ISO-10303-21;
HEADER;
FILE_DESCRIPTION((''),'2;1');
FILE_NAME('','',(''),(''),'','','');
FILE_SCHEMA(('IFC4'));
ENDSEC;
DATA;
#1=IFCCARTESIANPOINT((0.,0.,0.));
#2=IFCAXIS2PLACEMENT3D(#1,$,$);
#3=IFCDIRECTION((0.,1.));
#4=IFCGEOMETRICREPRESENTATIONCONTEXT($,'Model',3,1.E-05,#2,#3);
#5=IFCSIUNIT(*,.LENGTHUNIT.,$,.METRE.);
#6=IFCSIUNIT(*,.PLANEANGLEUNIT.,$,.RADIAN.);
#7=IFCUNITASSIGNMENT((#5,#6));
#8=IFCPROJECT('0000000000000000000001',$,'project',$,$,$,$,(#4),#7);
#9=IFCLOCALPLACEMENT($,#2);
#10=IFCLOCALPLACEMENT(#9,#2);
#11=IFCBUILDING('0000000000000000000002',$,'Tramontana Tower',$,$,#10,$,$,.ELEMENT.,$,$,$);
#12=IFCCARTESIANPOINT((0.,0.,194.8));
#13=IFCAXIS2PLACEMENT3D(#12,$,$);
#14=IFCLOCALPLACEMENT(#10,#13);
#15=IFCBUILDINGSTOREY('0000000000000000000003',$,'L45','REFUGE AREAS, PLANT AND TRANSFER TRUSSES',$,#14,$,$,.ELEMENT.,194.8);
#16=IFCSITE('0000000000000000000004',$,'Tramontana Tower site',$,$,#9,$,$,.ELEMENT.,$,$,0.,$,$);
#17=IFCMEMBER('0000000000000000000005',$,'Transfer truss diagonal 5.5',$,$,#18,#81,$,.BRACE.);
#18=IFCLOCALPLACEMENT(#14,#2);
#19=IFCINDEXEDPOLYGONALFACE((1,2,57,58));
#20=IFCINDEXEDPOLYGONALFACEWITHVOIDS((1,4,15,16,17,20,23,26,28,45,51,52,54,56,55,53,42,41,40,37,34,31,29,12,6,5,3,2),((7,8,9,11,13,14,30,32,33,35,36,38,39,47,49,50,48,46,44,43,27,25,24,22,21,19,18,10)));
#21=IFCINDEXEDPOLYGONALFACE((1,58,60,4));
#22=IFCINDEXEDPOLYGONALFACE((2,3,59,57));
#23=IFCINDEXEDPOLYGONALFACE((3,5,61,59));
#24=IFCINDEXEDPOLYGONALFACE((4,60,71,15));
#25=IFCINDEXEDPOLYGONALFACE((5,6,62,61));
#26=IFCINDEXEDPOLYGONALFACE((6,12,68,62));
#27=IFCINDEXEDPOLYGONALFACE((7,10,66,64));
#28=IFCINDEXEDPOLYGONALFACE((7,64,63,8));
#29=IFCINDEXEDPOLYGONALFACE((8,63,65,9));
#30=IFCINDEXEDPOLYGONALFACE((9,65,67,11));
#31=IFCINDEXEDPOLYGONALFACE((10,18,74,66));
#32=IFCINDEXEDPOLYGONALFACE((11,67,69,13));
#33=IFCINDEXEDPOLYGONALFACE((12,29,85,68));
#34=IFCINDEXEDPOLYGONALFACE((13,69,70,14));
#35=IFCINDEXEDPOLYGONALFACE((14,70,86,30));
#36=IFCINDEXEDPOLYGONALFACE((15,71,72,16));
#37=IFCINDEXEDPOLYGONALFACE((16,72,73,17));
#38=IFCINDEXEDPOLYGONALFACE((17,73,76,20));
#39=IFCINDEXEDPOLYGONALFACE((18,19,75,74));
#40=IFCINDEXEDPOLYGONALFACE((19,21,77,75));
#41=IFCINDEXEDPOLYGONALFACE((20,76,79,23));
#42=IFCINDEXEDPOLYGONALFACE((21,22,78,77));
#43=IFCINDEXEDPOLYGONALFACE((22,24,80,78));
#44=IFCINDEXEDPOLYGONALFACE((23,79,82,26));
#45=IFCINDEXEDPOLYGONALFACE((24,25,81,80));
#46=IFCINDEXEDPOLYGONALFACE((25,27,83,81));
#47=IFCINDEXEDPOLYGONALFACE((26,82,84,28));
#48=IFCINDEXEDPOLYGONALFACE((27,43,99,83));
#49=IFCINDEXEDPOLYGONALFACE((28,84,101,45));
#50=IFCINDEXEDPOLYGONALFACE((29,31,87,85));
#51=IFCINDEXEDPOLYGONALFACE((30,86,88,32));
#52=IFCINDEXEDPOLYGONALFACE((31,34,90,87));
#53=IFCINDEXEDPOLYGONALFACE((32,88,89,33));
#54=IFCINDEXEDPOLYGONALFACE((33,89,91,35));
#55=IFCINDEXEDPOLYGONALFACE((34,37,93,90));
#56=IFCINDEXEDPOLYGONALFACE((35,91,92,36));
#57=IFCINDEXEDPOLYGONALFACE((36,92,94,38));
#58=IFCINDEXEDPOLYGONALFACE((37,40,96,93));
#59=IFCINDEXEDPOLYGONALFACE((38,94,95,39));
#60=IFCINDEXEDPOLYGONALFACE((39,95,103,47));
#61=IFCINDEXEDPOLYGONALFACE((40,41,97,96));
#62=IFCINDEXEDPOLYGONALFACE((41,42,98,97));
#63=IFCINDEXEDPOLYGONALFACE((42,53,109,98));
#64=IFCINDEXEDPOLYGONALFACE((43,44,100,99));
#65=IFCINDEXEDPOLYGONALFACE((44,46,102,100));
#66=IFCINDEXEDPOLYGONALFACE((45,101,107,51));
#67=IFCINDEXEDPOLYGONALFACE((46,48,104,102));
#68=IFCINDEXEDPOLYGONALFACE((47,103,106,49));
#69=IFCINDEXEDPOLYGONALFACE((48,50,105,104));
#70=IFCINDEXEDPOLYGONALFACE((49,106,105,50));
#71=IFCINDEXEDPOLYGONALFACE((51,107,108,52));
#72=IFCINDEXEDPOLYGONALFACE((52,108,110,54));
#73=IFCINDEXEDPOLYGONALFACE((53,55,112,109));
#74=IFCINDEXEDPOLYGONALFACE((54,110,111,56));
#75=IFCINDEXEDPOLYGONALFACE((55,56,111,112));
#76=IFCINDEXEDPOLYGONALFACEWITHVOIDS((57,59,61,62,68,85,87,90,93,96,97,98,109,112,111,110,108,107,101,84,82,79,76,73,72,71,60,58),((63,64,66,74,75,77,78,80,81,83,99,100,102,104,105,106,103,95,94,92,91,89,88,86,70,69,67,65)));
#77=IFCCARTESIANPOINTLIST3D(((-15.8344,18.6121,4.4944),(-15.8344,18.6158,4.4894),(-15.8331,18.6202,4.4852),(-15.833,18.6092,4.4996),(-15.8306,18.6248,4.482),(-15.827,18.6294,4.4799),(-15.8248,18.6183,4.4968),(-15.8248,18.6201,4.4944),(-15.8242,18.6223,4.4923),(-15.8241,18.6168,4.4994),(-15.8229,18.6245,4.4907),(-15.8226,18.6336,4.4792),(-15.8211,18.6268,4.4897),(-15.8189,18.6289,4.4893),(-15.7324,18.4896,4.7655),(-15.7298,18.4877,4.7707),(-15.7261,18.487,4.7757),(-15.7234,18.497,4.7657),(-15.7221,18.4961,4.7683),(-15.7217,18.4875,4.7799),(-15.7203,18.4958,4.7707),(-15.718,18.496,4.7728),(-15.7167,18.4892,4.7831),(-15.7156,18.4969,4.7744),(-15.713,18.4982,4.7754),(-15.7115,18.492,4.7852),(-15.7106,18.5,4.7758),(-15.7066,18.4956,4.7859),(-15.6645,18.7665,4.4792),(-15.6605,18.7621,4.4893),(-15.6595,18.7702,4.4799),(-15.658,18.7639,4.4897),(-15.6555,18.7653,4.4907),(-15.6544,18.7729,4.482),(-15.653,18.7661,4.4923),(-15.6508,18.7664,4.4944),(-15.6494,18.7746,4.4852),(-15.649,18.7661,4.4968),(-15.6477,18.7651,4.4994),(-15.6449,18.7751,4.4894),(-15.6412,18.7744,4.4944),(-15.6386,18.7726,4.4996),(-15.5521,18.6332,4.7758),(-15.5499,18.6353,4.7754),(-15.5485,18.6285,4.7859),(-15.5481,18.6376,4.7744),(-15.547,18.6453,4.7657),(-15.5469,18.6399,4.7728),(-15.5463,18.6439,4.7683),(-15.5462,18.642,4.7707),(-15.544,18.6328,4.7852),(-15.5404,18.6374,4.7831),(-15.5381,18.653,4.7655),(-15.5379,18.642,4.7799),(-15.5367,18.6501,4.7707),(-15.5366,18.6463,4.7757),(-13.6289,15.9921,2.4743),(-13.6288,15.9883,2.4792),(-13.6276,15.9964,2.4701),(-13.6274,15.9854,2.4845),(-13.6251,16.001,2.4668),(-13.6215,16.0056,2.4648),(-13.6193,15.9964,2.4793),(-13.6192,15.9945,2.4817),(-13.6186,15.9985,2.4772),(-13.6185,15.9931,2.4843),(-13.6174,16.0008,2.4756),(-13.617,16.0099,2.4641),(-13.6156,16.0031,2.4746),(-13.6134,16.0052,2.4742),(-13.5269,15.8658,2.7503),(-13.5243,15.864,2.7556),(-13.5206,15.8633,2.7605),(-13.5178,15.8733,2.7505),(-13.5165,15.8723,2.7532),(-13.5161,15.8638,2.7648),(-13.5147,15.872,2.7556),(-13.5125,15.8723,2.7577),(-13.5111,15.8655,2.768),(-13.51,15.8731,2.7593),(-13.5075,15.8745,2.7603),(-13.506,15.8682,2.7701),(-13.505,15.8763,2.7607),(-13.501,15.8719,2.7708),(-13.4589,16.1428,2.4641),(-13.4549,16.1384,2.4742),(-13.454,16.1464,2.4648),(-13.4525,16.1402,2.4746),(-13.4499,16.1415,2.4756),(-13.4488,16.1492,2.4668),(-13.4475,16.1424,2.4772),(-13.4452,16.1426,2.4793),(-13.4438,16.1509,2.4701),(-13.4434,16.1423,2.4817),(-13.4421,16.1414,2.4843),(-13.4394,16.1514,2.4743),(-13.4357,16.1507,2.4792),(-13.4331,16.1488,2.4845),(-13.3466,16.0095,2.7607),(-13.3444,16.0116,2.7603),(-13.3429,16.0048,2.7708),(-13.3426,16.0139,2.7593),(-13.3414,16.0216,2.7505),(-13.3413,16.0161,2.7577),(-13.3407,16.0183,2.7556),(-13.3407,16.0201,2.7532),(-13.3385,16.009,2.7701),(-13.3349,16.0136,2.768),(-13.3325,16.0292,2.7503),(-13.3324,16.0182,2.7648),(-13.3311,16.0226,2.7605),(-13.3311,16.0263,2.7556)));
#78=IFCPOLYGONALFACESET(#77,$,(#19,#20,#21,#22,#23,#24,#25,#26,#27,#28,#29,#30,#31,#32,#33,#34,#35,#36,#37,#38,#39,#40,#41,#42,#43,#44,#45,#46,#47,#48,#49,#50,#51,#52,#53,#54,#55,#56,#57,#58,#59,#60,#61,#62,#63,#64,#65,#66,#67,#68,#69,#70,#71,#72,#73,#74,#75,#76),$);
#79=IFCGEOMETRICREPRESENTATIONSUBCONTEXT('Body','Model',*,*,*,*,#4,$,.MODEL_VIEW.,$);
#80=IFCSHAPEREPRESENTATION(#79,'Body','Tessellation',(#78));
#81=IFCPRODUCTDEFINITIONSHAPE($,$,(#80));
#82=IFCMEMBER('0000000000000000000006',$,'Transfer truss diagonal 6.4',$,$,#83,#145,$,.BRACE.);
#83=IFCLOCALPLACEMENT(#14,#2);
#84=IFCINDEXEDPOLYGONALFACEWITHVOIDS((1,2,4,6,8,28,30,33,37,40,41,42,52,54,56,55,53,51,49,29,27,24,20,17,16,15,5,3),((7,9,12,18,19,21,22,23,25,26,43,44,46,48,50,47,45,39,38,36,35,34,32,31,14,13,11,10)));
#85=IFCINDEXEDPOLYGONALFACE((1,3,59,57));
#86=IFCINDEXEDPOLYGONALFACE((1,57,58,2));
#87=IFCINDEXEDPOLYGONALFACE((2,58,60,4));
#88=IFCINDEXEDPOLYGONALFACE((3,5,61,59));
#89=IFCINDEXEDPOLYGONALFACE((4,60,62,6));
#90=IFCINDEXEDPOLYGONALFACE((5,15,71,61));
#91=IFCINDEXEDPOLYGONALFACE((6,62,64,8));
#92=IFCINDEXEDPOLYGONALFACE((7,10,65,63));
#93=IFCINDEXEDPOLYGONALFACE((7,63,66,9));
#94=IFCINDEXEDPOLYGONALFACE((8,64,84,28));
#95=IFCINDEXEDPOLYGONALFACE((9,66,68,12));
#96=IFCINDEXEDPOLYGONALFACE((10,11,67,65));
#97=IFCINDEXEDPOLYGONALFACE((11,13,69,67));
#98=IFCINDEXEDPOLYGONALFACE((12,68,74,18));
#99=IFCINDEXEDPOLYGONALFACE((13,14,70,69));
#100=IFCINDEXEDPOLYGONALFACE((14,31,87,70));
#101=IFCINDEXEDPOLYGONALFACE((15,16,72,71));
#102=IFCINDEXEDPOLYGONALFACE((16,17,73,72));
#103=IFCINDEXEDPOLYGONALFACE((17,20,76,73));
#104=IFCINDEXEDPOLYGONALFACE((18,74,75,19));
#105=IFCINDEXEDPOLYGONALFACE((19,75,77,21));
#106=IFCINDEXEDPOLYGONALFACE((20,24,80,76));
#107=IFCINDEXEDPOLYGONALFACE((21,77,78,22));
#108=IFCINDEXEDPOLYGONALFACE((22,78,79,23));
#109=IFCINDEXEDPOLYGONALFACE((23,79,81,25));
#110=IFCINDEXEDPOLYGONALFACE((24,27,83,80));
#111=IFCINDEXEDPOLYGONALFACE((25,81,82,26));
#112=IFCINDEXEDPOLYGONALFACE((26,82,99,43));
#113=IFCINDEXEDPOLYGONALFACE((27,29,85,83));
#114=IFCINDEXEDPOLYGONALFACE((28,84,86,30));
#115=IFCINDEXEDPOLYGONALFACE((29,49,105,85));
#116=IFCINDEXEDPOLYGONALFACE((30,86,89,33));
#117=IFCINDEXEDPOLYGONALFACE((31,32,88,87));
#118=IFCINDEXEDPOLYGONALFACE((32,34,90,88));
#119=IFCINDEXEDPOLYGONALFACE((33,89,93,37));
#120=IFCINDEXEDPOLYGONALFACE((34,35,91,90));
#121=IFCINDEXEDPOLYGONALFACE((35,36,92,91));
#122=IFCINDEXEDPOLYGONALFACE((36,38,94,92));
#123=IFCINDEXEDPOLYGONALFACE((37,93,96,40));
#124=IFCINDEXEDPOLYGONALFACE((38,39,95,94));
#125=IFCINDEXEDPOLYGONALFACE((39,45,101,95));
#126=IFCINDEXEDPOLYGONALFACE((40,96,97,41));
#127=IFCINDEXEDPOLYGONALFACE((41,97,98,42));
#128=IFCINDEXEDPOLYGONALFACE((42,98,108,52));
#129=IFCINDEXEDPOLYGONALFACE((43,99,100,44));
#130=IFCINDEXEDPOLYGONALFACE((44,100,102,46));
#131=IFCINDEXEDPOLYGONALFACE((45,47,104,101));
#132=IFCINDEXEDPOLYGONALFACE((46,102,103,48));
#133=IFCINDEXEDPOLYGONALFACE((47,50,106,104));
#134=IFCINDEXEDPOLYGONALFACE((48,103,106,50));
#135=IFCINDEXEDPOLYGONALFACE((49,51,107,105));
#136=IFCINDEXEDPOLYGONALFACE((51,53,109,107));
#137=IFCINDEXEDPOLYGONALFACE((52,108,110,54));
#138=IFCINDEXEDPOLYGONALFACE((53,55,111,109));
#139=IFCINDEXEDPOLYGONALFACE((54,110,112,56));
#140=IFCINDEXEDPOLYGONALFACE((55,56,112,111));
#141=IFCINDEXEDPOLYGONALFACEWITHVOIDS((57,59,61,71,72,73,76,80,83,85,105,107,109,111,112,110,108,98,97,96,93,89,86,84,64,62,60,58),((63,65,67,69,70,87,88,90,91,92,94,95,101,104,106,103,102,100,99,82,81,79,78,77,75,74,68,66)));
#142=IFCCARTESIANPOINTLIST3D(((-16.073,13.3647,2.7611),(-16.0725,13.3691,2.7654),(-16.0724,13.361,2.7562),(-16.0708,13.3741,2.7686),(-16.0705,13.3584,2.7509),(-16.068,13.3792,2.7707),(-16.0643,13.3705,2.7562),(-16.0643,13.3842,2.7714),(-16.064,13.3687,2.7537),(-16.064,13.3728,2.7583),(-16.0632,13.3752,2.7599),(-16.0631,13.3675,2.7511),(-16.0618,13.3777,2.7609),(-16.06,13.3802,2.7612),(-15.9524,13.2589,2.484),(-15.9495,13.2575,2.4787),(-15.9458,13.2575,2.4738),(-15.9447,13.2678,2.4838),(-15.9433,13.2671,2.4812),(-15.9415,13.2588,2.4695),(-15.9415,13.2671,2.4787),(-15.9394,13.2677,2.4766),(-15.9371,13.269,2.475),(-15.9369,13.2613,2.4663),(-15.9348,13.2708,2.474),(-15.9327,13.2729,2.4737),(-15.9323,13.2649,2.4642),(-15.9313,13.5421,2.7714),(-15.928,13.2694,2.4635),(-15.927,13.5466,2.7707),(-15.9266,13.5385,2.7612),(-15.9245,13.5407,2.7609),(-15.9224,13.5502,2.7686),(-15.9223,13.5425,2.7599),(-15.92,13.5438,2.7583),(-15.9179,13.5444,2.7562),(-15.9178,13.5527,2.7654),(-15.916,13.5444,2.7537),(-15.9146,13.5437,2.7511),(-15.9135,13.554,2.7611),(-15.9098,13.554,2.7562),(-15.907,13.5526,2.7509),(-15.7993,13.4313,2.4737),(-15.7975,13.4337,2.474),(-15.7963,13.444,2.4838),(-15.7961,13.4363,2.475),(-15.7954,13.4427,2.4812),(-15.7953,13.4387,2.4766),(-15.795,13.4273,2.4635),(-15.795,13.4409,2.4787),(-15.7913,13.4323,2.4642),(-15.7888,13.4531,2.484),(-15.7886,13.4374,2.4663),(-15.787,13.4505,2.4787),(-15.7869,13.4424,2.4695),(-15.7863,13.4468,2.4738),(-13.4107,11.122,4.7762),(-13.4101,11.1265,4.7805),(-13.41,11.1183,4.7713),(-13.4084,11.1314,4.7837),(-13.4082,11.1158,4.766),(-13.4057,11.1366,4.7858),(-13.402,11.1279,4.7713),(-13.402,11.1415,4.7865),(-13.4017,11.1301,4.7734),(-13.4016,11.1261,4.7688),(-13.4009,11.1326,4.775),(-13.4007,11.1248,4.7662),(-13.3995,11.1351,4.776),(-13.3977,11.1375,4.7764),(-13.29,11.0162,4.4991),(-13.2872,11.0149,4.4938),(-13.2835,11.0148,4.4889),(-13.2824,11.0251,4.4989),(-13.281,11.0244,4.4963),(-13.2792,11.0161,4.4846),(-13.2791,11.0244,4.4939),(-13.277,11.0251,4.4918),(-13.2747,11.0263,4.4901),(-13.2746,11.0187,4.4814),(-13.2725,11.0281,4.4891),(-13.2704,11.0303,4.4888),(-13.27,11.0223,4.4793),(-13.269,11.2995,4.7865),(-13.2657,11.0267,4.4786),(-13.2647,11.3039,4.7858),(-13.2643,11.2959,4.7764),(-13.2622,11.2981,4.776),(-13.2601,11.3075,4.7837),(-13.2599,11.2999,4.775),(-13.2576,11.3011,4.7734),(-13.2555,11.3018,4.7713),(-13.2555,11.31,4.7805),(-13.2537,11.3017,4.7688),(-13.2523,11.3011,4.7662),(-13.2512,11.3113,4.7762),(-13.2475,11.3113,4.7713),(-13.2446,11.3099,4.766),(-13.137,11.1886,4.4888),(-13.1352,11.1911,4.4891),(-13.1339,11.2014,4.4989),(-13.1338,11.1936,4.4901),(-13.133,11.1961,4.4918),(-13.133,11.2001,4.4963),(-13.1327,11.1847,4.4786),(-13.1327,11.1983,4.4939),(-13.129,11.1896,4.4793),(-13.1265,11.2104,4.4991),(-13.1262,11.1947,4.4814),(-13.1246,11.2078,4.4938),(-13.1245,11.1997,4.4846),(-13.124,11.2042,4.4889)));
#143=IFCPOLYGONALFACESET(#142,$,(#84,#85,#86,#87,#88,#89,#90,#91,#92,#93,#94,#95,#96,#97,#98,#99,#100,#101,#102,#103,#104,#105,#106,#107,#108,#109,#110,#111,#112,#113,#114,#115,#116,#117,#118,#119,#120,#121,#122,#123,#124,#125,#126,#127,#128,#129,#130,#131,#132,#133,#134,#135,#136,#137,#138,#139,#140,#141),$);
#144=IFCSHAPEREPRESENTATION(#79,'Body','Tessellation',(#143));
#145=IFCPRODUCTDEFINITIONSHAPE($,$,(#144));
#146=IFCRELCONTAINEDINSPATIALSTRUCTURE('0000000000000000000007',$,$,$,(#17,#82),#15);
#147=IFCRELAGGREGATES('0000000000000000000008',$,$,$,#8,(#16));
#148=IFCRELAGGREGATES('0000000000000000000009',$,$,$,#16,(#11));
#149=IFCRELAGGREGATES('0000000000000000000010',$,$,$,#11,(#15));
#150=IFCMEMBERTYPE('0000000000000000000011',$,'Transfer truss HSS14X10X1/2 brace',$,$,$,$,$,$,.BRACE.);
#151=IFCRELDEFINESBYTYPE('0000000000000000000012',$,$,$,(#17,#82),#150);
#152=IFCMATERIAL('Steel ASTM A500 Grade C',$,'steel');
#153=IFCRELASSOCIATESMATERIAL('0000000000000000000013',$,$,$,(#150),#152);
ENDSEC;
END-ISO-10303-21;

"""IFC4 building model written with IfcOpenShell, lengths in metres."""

from ifc_helpers import new_model, si_unit, direction, frame, origin, origin_2d, place, context, subcontext, project, spatial, hollow_rectangle, extrude, material, material_profile, profile_set, type_object, element, save


model = new_model("IFC4")

# Units and contexts
model_context = context("Model", 3, precision=1e-05, world=origin(), true_north=direction((0.0, 1.0)))
body_context = subcontext(model_context, "Body", "Model", "MODEL_VIEW")
ifc_project = project(units=[si_unit("LENGTHUNIT", "METRE"), si_unit("PLANEANGLEUNIT", "RADIAN")], contexts=[model_context])

# Site, building, storey
site_placement = place(None, origin())
site = spatial("IfcSite", under=ifc_project, at=site_placement, Name="Tramontana Tower site", CompositionType="ELEMENT", RefElevation=0.0)
building_placement = place(site_placement, origin())
building = spatial("IfcBuilding", under=site, at=building_placement, Name="Tramontana Tower", CompositionType="ELEMENT")
storey_placement = place(building_placement, frame((0.0, 0.0, 194.8)))
storey = spatial("IfcBuildingStorey", under=building, at=storey_placement, Name="L45", Description="REFUGE AREAS, PLANT AND TRANSFER TRUSSES", CompositionType="ELEMENT", Elevation=194.8)

# Members
ifc_material_1 = material(Name="Steel ASTM A500 Grade C", Category="steel")
ifc_material_profile_1 = material_profile(ifc_material_1, hollow_rectangle(XDim=0.2539, YDim=0.3557, WallThickness=0.0117, InnerFilletRadius=0.0117, OuterFilletRadius=0.0237, at=origin_2d()), Name="HSS14X10X1/2")
ifc_profile_set_1 = profile_set([ifc_material_profile_1], Name="Steel ASTM A500 Grade C")
member_type_1 = type_object("IfcMemberType", Name="Transfer truss HSS14X10X1/2 brace", PredefinedType="BRACE", material=ifc_profile_set_1)
for number, where, z_axis, x_axis, name in (
    (1, (-13.48, 16.0073, 2.6174), (-0.554703, 0.659885, 0.50681), (-0.765476, -0.643464, 0.0), "Transfer truss diagonal 5.5"),
):
    element("IfcMember", number, at=place(storey_placement, frame(where, z_axis=z_axis, x_axis=x_axis)), inside=storey, type_object=member_type_1, Name=name, PredefinedType="BRACE", context=body_context, shape_type="SweptSolid", body=[
        extrude(hollow_rectangle(XDim=0.2539, YDim=0.3557, WallThickness=0.0117, InnerFilletRadius=0.0117, OuterFilletRadius=0.0237, at=origin_2d()), origin(), (0.0, 0.0, 1.0), 3.9761),
    ])
member_1_placement = place(storey_placement, frame((-13.2673, 11.1631, 4.6326), z_axis=(-0.661906, 0.557567, -0.500997), x_axis=(-0.644252, -0.764813, 0.0)))
element("IfcMember", 2, at=member_1_placement, inside=storey, type_object=member_type_1, Name="Transfer truss diagonal 6.4", PredefinedType="BRACE", context=body_context, shape_type="SweptSolid", body=[
    extrude(hollow_rectangle(XDim=0.2539, YDim=0.3557, WallThickness=0.0117, InnerFilletRadius=0.0117, OuterFilletRadius=0.0237, at=origin_2d()), origin(), (0.0, 0.0, 1.0), 4.0222),
])

save(model, "model.ifc")
